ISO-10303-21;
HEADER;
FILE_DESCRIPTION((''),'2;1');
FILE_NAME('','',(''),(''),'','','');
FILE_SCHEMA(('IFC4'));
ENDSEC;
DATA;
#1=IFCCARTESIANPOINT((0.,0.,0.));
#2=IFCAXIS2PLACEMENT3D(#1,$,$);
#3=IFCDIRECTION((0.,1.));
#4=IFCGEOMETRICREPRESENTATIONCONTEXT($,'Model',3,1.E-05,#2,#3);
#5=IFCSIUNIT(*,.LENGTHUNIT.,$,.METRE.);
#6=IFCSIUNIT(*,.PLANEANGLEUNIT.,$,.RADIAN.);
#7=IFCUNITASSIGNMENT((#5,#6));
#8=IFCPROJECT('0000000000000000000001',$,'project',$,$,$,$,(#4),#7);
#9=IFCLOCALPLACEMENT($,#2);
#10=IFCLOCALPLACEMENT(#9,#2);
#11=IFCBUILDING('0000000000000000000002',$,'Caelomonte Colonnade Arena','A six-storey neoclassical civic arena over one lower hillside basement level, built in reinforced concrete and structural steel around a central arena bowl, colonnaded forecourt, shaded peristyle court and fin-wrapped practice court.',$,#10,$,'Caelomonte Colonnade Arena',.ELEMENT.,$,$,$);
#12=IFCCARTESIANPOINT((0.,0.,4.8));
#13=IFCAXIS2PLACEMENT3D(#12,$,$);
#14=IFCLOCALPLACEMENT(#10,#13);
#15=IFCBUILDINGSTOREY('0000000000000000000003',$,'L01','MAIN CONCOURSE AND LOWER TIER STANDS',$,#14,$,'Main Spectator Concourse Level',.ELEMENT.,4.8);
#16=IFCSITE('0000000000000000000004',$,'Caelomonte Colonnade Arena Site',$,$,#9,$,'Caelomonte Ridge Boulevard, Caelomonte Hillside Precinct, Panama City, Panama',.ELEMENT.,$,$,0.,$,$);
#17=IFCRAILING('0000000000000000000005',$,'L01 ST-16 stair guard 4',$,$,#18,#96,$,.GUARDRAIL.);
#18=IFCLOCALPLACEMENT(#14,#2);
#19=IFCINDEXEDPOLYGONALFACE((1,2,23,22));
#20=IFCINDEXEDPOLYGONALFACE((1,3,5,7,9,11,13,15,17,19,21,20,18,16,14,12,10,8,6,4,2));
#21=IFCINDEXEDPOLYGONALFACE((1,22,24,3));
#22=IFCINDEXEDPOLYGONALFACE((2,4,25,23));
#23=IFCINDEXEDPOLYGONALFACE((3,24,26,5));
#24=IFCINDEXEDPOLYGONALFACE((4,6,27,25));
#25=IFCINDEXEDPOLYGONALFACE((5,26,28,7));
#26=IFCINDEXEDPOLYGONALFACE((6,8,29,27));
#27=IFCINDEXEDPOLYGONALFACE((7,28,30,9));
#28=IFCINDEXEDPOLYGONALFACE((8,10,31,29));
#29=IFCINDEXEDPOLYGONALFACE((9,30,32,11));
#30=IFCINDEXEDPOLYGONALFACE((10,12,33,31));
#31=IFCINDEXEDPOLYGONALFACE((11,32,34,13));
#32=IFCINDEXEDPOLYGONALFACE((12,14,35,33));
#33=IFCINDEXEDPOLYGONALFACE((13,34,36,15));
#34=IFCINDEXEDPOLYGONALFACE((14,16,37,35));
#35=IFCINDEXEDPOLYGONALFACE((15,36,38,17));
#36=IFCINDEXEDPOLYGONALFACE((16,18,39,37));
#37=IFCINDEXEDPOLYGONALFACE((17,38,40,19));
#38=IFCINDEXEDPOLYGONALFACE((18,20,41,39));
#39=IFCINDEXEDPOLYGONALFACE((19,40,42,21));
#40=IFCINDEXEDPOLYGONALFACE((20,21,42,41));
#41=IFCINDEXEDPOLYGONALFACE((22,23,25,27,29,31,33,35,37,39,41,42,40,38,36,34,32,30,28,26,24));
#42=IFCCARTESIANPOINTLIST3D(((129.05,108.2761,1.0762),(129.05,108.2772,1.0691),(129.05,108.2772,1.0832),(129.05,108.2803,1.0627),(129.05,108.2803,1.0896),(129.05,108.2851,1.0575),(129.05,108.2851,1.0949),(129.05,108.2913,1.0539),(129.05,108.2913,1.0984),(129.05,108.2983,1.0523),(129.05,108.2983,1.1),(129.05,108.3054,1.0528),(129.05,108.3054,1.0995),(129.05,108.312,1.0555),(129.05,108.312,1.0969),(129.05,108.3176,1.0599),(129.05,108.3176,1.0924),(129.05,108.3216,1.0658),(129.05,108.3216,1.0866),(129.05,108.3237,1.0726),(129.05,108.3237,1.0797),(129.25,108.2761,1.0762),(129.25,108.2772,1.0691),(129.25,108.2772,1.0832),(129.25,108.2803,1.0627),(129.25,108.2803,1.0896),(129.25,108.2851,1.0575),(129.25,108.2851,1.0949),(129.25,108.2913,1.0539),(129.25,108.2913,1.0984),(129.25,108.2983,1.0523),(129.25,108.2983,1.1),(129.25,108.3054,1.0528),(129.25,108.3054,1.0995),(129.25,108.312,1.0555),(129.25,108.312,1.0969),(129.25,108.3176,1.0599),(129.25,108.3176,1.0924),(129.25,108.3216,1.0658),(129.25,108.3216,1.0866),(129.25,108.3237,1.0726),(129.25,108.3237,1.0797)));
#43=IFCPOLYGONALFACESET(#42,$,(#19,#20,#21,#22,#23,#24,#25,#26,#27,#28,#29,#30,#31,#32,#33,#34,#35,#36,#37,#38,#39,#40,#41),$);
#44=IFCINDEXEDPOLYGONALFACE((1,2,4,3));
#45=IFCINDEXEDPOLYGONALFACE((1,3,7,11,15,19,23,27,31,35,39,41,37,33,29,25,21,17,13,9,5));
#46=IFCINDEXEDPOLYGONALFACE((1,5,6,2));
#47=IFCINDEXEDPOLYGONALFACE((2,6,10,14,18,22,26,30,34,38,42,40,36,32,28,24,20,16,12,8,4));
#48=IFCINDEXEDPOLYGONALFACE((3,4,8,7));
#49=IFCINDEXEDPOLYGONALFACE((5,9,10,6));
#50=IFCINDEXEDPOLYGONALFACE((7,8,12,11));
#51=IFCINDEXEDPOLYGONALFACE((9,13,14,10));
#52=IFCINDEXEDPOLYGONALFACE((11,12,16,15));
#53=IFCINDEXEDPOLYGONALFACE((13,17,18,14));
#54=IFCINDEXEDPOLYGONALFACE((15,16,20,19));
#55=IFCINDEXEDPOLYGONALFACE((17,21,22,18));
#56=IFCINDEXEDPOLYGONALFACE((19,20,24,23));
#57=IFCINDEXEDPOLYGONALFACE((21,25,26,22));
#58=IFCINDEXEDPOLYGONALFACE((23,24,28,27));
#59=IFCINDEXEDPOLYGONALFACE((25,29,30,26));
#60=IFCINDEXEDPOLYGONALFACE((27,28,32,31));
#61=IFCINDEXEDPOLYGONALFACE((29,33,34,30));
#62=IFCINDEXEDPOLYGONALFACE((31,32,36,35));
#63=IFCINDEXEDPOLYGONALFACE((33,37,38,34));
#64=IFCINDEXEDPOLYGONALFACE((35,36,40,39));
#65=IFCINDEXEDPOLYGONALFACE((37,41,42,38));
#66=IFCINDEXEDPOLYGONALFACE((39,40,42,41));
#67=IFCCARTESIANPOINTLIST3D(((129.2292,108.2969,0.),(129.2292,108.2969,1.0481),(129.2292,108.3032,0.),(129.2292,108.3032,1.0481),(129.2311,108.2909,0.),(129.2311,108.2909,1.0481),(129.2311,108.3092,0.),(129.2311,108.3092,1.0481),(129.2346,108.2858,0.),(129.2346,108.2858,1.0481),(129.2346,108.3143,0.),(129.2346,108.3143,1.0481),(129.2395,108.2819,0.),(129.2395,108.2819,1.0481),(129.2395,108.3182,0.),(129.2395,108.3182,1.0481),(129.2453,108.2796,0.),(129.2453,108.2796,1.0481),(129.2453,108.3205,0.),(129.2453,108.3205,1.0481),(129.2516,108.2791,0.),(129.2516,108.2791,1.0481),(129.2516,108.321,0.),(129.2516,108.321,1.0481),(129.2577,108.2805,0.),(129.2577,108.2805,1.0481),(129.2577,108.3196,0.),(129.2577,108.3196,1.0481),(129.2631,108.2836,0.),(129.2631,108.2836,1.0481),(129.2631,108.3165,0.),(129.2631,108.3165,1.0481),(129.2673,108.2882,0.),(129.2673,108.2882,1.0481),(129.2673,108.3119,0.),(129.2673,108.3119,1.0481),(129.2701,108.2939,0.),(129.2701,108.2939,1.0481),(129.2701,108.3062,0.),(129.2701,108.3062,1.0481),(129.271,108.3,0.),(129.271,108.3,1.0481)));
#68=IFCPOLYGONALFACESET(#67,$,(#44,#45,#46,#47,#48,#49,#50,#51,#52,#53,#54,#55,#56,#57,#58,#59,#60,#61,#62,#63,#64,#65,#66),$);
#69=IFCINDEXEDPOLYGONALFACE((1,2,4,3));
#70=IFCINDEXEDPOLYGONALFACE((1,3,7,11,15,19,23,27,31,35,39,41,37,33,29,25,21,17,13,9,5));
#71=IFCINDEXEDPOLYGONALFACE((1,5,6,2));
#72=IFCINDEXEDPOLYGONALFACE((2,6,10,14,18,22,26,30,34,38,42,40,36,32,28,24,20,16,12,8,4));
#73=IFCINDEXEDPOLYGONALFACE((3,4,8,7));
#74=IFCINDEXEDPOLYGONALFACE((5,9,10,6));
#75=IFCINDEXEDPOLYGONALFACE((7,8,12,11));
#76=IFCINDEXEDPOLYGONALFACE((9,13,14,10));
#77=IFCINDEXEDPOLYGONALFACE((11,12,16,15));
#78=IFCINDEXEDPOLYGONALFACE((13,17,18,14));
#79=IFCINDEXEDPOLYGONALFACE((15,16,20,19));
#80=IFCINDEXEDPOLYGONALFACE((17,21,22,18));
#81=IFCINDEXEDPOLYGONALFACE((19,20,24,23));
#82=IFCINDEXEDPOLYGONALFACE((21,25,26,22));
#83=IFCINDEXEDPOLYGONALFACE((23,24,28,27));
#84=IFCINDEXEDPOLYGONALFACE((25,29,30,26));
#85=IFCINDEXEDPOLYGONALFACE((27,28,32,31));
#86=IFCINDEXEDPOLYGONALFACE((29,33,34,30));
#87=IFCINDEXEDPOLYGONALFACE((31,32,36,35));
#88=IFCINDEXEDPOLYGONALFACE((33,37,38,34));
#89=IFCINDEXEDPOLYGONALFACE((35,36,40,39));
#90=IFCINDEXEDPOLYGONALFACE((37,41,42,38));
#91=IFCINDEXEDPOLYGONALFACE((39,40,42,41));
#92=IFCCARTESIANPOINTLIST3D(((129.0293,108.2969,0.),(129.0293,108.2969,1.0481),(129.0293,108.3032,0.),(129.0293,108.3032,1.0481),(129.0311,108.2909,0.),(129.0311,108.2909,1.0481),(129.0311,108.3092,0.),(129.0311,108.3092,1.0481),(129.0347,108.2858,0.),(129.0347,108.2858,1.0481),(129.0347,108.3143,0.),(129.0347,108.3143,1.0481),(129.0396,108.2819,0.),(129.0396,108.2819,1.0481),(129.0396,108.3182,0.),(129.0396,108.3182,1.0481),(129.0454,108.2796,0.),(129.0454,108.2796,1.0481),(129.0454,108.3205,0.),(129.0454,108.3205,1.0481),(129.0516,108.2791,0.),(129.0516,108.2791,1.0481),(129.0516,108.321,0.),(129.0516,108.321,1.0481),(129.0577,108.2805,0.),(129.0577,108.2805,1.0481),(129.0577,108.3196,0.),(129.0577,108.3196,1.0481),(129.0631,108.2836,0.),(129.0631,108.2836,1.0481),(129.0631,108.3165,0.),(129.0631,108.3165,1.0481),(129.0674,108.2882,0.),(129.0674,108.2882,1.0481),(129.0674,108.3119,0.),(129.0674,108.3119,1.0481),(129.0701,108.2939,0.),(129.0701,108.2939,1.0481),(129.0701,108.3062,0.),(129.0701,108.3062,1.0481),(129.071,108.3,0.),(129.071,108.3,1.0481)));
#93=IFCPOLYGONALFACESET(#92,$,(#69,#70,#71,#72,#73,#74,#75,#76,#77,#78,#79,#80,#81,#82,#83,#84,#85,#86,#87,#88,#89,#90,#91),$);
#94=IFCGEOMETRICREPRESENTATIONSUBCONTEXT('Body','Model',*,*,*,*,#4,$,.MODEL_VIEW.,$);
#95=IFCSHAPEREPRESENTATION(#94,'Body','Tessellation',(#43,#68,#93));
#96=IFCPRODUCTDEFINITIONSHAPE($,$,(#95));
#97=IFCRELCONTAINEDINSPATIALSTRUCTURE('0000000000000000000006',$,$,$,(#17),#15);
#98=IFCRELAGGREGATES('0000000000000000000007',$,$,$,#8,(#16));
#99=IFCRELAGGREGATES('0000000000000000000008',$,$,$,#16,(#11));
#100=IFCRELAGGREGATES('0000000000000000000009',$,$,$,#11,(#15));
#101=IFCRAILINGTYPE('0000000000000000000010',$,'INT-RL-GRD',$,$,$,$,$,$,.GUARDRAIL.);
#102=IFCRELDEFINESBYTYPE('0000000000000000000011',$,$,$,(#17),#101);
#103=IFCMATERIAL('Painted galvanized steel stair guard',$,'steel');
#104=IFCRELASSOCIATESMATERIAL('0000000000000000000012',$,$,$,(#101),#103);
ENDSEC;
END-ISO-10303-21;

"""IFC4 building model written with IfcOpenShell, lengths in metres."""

from ifc_helpers import new_model, si_unit, direction, frame, origin, origin_2d, place, context, subcontext, project, spatial, circle, extrude, material, type_object, element, save


model = new_model("IFC4")

# Units and contexts
model_context = context("Model", 3, precision=1e-05, world=origin(), true_north=direction((0.0, 1.0)))
body_context = subcontext(model_context, "Body", "Model", "MODEL_VIEW")
ifc_project = project(units=[si_unit("LENGTHUNIT", "METRE"), si_unit("PLANEANGLEUNIT", "RADIAN")], contexts=[model_context])

# Site, building, storey
site_placement = place(None, origin())
site = spatial("IfcSite", under=ifc_project, at=site_placement, Name="Caelomonte Colonnade Arena Site", LongName="Caelomonte Ridge Boulevard, Caelomonte Hillside Precinct, Panama City, Panama", CompositionType="ELEMENT", RefElevation=0.0)
building_placement = place(site_placement, origin())
building = spatial("IfcBuilding", under=site, at=building_placement, Name="Caelomonte Colonnade Arena", Description="A six-storey neoclassical civic arena over one lower hillside basement level, built in reinforced concrete and structural steel around a central arena bowl, colonnaded forecourt, shaded peristyle court and fin-wrapped practice court.", LongName="Caelomonte Colonnade Arena", CompositionType="ELEMENT")
storey_placement = place(building_placement, frame((0.0, 0.0, 4.8)))
storey = spatial("IfcBuildingStorey", under=building, at=storey_placement, Name="L01", Description="MAIN CONCOURSE AND LOWER TIER STANDS", LongName="Main Spectator Concourse Level", CompositionType="ELEMENT", Elevation=4.8)

# Railing
ifc_material_1 = material(Name="Painted galvanized steel stair guard", Category="steel")
railing_type_1 = type_object("IfcRailingType", Name="INT-RL-GRD", PredefinedType="GUARDRAIL", material=ifc_material_1)
railing_1_placement = place(storey_placement, frame((129.25, 108.3, 0.0)))
element("IfcRailing", 1, at=railing_1_placement, inside=storey, type_object=railing_type_1, Name="L01 ST-16 stair guard 4", PredefinedType="GUARDRAIL", context=body_context, shape_type="SweptSolid", body=[
    extrude(circle(Radius=0.0239, at=origin_2d()), frame((0.0, 0.0, 1.0762), z_axis=(-1.0, 0.0, 0.0), x_axis=(0.0, -1.0, 0.0)), (0.0, 0.0, 1.0), 0.2),
    extrude(circle(Radius=0.021, at=origin_2d()), origin(), (0.0, 0.0, 1.0), 1.0481),
    extrude(circle(Radius=0.021, at=origin_2d()), frame((-0.2, 0.0, 0.0)), (0.0, 0.0, 1.0), 1.0481),
])

save(model, "model.ifc")
